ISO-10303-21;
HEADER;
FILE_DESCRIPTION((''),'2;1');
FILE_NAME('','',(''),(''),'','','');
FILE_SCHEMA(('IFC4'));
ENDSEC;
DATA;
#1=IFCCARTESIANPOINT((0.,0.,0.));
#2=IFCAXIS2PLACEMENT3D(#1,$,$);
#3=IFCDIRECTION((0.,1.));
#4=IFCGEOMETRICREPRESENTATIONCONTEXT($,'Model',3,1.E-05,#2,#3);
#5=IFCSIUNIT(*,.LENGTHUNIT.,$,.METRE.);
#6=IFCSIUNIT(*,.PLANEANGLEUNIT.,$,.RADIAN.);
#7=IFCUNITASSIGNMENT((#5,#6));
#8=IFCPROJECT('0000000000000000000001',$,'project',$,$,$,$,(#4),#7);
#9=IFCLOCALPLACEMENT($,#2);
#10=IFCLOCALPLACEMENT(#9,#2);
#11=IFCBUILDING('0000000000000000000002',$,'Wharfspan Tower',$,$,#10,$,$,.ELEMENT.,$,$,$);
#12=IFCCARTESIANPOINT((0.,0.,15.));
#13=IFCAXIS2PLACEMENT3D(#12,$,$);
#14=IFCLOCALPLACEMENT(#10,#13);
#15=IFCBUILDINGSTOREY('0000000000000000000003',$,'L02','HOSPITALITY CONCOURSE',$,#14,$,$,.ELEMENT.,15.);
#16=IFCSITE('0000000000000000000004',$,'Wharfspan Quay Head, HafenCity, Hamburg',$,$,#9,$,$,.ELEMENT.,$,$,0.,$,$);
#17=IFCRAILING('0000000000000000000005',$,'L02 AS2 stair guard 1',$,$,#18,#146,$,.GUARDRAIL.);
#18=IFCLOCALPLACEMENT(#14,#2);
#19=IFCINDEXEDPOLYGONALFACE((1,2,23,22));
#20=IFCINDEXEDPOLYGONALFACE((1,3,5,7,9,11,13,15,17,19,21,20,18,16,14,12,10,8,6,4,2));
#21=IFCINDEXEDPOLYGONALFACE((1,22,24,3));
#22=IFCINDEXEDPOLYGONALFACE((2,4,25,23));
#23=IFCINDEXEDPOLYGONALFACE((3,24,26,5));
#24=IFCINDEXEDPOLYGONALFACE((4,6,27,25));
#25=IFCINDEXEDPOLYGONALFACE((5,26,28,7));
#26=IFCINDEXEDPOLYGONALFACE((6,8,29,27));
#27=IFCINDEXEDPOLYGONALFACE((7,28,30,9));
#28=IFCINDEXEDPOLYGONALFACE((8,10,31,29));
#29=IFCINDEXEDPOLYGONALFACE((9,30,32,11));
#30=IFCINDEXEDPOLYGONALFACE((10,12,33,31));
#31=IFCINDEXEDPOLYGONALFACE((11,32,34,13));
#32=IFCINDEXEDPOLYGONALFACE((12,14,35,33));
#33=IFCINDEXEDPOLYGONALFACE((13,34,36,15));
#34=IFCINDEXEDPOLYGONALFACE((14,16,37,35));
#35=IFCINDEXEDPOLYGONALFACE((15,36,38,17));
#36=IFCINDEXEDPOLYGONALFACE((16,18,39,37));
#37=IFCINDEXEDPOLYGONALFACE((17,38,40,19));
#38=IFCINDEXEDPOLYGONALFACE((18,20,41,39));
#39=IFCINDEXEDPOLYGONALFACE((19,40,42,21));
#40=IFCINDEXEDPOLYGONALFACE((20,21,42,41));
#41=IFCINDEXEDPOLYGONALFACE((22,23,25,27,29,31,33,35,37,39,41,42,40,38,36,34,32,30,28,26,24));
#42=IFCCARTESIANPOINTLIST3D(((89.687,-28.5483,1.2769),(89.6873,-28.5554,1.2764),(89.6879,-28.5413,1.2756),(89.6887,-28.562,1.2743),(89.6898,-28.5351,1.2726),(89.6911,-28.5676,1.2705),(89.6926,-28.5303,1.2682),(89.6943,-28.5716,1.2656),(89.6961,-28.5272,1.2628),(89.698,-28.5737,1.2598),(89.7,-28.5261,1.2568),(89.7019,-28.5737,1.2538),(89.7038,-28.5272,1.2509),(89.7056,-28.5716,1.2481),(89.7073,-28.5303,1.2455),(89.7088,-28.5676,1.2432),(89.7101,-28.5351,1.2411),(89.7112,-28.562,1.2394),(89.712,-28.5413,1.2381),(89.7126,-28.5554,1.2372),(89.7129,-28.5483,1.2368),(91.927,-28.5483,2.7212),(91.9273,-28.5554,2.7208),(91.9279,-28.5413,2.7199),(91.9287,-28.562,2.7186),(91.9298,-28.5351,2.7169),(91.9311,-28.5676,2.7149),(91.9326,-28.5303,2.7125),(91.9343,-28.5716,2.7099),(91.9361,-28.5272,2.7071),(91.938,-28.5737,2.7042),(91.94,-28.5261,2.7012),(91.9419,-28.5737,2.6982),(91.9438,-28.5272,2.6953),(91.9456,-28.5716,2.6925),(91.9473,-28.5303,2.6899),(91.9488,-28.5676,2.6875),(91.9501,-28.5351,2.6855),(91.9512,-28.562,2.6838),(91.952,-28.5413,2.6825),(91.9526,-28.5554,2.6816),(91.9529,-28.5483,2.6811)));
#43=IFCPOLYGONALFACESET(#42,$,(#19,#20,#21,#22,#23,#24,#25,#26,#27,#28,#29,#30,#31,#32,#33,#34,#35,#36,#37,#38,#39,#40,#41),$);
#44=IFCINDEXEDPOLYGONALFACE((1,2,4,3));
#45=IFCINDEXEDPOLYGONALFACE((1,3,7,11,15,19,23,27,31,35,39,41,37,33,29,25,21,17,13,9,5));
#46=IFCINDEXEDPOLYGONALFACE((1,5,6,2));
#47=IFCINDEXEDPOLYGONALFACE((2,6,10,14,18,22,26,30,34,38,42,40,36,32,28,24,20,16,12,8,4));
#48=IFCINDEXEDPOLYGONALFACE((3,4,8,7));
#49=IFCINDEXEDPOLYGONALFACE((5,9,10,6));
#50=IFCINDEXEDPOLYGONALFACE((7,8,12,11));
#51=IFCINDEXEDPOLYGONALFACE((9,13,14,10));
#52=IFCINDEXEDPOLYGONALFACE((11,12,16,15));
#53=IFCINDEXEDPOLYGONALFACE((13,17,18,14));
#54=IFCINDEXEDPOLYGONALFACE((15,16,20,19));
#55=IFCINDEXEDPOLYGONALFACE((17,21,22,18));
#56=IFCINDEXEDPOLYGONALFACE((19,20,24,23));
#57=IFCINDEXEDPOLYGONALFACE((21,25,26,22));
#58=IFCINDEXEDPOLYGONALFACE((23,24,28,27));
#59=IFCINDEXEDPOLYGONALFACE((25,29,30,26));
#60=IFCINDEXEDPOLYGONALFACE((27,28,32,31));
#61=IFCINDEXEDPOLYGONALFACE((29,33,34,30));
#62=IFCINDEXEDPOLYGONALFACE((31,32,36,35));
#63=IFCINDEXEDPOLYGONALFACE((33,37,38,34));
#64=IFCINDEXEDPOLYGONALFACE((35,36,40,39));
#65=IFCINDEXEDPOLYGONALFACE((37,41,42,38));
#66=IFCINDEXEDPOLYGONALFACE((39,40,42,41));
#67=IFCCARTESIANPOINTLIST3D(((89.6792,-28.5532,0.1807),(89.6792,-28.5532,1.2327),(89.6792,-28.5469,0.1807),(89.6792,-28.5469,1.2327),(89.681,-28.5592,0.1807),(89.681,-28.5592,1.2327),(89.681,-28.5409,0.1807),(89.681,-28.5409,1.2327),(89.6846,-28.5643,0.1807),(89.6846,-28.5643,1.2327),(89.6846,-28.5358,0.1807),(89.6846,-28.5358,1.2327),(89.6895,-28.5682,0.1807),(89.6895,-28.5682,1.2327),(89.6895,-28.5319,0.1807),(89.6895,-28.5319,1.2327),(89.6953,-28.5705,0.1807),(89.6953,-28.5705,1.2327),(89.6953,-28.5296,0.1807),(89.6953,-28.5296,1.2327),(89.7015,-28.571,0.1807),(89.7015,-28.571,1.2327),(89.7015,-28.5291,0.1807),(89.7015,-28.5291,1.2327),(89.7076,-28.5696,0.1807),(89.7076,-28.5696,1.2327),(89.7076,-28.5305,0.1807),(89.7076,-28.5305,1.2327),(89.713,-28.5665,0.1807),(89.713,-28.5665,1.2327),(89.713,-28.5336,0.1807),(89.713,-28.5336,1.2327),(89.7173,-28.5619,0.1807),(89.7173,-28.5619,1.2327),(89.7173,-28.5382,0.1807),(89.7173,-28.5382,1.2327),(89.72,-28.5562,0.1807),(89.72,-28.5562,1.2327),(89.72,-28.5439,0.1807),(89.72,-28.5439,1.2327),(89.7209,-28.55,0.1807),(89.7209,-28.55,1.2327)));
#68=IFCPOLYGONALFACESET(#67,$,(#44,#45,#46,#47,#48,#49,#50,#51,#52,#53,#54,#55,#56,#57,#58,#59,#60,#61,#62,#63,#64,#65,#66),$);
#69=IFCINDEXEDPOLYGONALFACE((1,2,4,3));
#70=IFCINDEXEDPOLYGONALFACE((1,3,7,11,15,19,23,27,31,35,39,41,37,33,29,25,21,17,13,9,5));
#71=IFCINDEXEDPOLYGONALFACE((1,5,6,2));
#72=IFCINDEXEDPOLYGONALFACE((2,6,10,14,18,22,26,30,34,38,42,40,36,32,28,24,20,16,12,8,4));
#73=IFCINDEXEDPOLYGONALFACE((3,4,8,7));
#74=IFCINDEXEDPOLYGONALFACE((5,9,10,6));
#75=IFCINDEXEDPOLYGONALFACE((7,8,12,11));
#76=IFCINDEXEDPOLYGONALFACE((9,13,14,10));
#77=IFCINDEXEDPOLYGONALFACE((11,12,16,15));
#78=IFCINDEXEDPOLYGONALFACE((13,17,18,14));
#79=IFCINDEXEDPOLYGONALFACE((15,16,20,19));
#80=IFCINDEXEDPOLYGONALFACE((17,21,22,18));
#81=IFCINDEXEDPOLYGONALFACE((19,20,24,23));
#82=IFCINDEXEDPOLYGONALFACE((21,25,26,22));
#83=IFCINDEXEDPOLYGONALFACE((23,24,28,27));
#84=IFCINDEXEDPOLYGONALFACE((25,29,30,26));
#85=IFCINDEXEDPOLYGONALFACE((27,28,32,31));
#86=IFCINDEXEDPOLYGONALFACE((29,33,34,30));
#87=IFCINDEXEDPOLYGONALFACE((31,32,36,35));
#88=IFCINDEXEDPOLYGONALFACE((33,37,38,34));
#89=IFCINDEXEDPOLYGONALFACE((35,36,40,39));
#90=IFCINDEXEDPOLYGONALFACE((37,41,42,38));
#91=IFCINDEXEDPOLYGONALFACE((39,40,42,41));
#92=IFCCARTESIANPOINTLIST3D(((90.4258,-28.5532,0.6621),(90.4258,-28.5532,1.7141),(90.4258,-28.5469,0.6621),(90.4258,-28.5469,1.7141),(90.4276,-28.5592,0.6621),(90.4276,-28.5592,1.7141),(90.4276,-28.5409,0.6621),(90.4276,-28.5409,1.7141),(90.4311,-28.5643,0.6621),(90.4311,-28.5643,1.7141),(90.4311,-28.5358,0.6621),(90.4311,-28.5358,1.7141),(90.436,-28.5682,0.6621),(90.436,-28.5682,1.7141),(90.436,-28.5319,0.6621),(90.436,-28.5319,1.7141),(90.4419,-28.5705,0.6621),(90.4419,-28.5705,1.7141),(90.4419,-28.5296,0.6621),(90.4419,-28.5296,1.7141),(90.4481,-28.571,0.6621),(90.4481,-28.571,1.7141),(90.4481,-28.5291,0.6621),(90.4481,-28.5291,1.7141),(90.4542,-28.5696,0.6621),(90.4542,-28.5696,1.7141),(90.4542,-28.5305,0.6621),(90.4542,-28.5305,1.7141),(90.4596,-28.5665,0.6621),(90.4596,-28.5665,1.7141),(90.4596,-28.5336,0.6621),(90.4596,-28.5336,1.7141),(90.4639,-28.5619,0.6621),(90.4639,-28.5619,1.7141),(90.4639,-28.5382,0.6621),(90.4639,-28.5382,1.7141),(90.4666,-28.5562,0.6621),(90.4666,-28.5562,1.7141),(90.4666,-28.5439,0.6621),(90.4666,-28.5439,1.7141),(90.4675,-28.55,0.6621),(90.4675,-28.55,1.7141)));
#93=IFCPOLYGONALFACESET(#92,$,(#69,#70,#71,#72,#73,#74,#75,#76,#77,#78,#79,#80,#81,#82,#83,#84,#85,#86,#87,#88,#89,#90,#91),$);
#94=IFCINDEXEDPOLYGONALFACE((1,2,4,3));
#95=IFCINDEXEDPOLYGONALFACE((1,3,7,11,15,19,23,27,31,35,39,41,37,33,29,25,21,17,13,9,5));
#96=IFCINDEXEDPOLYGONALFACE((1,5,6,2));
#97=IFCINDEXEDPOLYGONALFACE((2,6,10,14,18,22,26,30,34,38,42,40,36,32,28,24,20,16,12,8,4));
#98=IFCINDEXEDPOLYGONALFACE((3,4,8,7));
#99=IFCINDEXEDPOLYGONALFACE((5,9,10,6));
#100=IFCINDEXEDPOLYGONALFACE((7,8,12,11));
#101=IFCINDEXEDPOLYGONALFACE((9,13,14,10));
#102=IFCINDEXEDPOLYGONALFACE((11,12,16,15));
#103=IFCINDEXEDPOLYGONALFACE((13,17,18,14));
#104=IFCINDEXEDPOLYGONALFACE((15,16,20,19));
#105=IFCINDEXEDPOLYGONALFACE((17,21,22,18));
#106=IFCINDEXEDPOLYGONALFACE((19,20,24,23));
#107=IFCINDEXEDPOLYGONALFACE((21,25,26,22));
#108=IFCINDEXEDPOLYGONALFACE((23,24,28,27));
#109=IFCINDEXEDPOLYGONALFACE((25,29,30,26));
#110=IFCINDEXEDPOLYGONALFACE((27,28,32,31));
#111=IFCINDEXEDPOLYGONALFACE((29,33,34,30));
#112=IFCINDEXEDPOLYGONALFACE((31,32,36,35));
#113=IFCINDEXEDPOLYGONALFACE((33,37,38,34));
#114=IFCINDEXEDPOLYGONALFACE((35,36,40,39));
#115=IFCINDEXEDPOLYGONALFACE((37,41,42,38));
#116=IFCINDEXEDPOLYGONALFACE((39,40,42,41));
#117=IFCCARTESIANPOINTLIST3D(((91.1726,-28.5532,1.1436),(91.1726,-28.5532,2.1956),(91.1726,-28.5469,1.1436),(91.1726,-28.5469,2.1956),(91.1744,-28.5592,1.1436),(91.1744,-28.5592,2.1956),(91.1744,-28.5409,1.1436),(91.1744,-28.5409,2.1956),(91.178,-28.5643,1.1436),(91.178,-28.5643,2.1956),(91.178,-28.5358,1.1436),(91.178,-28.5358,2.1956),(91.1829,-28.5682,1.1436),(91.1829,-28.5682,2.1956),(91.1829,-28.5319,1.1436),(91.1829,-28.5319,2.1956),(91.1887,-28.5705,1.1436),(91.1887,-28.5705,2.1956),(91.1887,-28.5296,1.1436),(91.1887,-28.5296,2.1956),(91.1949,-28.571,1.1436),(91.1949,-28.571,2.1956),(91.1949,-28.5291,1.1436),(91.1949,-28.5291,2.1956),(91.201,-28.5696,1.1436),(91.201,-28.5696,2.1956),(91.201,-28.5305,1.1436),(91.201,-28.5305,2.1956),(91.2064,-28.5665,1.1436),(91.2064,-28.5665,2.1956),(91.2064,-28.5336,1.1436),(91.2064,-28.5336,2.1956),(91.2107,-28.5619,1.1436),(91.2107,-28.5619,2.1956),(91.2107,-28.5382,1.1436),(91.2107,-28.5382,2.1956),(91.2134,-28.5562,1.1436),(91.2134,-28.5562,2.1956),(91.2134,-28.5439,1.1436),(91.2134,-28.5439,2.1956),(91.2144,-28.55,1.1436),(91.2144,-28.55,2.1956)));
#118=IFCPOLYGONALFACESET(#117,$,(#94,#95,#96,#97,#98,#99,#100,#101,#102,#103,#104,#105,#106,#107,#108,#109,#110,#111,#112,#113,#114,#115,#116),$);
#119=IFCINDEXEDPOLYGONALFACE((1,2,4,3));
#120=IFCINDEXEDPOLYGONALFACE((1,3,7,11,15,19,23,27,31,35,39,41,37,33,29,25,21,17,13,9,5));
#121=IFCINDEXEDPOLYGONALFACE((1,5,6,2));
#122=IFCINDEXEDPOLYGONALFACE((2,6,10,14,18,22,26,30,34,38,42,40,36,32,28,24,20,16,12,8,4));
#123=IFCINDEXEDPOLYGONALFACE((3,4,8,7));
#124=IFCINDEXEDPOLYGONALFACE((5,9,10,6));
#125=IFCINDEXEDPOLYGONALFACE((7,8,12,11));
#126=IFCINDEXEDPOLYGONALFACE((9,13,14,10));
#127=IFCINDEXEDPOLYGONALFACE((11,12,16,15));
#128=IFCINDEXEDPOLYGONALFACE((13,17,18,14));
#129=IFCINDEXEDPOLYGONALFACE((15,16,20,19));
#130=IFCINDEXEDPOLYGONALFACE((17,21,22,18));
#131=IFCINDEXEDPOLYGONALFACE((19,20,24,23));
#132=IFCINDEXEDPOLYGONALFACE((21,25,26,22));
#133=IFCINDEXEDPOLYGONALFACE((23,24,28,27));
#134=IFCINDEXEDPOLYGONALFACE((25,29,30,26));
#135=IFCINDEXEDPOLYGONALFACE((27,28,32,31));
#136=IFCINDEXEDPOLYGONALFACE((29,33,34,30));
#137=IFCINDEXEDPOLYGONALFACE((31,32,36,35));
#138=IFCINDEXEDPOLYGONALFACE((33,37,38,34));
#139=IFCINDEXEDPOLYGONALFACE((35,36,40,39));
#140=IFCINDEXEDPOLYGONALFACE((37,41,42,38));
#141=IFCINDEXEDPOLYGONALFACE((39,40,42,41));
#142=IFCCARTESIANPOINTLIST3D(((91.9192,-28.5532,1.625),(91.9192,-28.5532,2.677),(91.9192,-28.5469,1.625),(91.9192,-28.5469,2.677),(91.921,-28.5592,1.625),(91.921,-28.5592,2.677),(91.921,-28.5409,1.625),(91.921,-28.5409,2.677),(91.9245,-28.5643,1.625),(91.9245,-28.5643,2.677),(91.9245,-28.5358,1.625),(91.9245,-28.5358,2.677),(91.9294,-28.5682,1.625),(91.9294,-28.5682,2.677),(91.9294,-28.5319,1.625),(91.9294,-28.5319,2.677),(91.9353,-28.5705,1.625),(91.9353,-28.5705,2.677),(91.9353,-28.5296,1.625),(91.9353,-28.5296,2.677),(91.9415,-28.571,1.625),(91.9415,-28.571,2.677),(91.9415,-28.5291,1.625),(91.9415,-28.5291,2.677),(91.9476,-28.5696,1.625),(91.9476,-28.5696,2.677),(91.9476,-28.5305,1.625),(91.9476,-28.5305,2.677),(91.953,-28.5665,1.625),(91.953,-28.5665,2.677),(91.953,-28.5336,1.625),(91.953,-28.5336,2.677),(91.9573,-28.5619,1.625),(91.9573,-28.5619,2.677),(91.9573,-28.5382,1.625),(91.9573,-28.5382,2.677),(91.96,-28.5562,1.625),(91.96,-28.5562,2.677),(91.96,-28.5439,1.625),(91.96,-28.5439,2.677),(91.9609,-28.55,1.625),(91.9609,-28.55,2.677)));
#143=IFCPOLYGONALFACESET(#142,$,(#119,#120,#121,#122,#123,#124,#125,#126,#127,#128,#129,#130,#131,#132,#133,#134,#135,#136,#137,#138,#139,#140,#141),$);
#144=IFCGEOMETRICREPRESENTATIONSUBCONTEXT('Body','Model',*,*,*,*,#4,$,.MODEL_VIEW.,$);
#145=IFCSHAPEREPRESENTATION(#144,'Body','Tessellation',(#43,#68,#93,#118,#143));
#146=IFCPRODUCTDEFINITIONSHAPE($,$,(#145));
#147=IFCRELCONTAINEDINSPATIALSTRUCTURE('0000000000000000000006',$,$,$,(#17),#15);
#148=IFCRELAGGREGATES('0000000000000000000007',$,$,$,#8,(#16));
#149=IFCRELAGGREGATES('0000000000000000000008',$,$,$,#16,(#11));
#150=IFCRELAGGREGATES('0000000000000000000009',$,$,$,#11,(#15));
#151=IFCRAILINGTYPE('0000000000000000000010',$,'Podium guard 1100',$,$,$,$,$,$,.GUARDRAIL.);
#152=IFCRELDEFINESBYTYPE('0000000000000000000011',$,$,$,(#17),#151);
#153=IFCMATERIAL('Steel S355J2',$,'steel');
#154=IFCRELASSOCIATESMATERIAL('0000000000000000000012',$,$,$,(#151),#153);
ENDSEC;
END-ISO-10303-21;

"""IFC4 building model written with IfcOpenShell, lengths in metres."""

from ifc_helpers import new_model, si_unit, direction, frame, origin, origin_2d, place, context, subcontext, project, spatial, circle, extrude, material, type_object, element, save


model = new_model("IFC4")

# Units and contexts
model_context = context("Model", 3, precision=1e-05, world=origin(), true_north=direction((0.0, 1.0)))
body_context = subcontext(model_context, "Body", "Model", "MODEL_VIEW")
ifc_project = project(units=[si_unit("LENGTHUNIT", "METRE"), si_unit("PLANEANGLEUNIT", "RADIAN")], contexts=[model_context])

# Site, building, storey
site_placement = place(None, origin())
site = spatial("IfcSite", under=ifc_project, at=site_placement, Name="Wharfspan Quay Head, HafenCity, Hamburg", CompositionType="ELEMENT", RefElevation=0.0)
building_placement = place(site_placement, origin())
building = spatial("IfcBuilding", under=site, at=building_placement, Name="Wharfspan Tower", CompositionType="ELEMENT")
storey_placement = place(building_placement, frame((0.0, 0.0, 15.0)))
storey = spatial("IfcBuildingStorey", under=building, at=storey_placement, Name="L02", Description="HOSPITALITY CONCOURSE", CompositionType="ELEMENT", Elevation=15.0)

# Railing
ifc_material_1 = material(Name="Steel S355J2", Category="steel")
railing_type_1 = type_object("IfcRailingType", Name="Podium guard 1100", PredefinedType="GUARDRAIL", material=ifc_material_1)
railing_1_placement = place(storey_placement, frame((89.7, -28.55, 0.1807)))
element("IfcRailing", 1, at=railing_1_placement, inside=storey, type_object=railing_type_1, Name="L02 AS2 stair guard 1", PredefinedType="GUARDRAIL", context=body_context, shape_type="SweptSolid", body=[
    extrude(circle(Radius=0.0239, at=origin_2d()), frame((0.0, 0.0, 1.0762), z_axis=(0.840437, 0.0, 0.54191), x_axis=(0.0, 1.0, 0.0)), (0.0, 0.0, 1.0), 2.6653),
    extrude(circle(Radius=0.021, at=origin_2d()), origin(), (0.0, 0.0, 1.0), 1.052),
    extrude(circle(Radius=0.021, at=origin_2d()), frame((0.7466, 0.0, 0.4814)), (0.0, 0.0, 1.0), 1.052),
    extrude(circle(Radius=0.021, at=origin_2d()), frame((1.4934, 0.0, 0.9629)), (0.0, 0.0, 1.0), 1.052),
    extrude(circle(Radius=0.021, at=origin_2d()), frame((2.24, 0.0, 1.4443)), (0.0, 0.0, 1.0), 1.052),
])

save(model, "model.ifc")
